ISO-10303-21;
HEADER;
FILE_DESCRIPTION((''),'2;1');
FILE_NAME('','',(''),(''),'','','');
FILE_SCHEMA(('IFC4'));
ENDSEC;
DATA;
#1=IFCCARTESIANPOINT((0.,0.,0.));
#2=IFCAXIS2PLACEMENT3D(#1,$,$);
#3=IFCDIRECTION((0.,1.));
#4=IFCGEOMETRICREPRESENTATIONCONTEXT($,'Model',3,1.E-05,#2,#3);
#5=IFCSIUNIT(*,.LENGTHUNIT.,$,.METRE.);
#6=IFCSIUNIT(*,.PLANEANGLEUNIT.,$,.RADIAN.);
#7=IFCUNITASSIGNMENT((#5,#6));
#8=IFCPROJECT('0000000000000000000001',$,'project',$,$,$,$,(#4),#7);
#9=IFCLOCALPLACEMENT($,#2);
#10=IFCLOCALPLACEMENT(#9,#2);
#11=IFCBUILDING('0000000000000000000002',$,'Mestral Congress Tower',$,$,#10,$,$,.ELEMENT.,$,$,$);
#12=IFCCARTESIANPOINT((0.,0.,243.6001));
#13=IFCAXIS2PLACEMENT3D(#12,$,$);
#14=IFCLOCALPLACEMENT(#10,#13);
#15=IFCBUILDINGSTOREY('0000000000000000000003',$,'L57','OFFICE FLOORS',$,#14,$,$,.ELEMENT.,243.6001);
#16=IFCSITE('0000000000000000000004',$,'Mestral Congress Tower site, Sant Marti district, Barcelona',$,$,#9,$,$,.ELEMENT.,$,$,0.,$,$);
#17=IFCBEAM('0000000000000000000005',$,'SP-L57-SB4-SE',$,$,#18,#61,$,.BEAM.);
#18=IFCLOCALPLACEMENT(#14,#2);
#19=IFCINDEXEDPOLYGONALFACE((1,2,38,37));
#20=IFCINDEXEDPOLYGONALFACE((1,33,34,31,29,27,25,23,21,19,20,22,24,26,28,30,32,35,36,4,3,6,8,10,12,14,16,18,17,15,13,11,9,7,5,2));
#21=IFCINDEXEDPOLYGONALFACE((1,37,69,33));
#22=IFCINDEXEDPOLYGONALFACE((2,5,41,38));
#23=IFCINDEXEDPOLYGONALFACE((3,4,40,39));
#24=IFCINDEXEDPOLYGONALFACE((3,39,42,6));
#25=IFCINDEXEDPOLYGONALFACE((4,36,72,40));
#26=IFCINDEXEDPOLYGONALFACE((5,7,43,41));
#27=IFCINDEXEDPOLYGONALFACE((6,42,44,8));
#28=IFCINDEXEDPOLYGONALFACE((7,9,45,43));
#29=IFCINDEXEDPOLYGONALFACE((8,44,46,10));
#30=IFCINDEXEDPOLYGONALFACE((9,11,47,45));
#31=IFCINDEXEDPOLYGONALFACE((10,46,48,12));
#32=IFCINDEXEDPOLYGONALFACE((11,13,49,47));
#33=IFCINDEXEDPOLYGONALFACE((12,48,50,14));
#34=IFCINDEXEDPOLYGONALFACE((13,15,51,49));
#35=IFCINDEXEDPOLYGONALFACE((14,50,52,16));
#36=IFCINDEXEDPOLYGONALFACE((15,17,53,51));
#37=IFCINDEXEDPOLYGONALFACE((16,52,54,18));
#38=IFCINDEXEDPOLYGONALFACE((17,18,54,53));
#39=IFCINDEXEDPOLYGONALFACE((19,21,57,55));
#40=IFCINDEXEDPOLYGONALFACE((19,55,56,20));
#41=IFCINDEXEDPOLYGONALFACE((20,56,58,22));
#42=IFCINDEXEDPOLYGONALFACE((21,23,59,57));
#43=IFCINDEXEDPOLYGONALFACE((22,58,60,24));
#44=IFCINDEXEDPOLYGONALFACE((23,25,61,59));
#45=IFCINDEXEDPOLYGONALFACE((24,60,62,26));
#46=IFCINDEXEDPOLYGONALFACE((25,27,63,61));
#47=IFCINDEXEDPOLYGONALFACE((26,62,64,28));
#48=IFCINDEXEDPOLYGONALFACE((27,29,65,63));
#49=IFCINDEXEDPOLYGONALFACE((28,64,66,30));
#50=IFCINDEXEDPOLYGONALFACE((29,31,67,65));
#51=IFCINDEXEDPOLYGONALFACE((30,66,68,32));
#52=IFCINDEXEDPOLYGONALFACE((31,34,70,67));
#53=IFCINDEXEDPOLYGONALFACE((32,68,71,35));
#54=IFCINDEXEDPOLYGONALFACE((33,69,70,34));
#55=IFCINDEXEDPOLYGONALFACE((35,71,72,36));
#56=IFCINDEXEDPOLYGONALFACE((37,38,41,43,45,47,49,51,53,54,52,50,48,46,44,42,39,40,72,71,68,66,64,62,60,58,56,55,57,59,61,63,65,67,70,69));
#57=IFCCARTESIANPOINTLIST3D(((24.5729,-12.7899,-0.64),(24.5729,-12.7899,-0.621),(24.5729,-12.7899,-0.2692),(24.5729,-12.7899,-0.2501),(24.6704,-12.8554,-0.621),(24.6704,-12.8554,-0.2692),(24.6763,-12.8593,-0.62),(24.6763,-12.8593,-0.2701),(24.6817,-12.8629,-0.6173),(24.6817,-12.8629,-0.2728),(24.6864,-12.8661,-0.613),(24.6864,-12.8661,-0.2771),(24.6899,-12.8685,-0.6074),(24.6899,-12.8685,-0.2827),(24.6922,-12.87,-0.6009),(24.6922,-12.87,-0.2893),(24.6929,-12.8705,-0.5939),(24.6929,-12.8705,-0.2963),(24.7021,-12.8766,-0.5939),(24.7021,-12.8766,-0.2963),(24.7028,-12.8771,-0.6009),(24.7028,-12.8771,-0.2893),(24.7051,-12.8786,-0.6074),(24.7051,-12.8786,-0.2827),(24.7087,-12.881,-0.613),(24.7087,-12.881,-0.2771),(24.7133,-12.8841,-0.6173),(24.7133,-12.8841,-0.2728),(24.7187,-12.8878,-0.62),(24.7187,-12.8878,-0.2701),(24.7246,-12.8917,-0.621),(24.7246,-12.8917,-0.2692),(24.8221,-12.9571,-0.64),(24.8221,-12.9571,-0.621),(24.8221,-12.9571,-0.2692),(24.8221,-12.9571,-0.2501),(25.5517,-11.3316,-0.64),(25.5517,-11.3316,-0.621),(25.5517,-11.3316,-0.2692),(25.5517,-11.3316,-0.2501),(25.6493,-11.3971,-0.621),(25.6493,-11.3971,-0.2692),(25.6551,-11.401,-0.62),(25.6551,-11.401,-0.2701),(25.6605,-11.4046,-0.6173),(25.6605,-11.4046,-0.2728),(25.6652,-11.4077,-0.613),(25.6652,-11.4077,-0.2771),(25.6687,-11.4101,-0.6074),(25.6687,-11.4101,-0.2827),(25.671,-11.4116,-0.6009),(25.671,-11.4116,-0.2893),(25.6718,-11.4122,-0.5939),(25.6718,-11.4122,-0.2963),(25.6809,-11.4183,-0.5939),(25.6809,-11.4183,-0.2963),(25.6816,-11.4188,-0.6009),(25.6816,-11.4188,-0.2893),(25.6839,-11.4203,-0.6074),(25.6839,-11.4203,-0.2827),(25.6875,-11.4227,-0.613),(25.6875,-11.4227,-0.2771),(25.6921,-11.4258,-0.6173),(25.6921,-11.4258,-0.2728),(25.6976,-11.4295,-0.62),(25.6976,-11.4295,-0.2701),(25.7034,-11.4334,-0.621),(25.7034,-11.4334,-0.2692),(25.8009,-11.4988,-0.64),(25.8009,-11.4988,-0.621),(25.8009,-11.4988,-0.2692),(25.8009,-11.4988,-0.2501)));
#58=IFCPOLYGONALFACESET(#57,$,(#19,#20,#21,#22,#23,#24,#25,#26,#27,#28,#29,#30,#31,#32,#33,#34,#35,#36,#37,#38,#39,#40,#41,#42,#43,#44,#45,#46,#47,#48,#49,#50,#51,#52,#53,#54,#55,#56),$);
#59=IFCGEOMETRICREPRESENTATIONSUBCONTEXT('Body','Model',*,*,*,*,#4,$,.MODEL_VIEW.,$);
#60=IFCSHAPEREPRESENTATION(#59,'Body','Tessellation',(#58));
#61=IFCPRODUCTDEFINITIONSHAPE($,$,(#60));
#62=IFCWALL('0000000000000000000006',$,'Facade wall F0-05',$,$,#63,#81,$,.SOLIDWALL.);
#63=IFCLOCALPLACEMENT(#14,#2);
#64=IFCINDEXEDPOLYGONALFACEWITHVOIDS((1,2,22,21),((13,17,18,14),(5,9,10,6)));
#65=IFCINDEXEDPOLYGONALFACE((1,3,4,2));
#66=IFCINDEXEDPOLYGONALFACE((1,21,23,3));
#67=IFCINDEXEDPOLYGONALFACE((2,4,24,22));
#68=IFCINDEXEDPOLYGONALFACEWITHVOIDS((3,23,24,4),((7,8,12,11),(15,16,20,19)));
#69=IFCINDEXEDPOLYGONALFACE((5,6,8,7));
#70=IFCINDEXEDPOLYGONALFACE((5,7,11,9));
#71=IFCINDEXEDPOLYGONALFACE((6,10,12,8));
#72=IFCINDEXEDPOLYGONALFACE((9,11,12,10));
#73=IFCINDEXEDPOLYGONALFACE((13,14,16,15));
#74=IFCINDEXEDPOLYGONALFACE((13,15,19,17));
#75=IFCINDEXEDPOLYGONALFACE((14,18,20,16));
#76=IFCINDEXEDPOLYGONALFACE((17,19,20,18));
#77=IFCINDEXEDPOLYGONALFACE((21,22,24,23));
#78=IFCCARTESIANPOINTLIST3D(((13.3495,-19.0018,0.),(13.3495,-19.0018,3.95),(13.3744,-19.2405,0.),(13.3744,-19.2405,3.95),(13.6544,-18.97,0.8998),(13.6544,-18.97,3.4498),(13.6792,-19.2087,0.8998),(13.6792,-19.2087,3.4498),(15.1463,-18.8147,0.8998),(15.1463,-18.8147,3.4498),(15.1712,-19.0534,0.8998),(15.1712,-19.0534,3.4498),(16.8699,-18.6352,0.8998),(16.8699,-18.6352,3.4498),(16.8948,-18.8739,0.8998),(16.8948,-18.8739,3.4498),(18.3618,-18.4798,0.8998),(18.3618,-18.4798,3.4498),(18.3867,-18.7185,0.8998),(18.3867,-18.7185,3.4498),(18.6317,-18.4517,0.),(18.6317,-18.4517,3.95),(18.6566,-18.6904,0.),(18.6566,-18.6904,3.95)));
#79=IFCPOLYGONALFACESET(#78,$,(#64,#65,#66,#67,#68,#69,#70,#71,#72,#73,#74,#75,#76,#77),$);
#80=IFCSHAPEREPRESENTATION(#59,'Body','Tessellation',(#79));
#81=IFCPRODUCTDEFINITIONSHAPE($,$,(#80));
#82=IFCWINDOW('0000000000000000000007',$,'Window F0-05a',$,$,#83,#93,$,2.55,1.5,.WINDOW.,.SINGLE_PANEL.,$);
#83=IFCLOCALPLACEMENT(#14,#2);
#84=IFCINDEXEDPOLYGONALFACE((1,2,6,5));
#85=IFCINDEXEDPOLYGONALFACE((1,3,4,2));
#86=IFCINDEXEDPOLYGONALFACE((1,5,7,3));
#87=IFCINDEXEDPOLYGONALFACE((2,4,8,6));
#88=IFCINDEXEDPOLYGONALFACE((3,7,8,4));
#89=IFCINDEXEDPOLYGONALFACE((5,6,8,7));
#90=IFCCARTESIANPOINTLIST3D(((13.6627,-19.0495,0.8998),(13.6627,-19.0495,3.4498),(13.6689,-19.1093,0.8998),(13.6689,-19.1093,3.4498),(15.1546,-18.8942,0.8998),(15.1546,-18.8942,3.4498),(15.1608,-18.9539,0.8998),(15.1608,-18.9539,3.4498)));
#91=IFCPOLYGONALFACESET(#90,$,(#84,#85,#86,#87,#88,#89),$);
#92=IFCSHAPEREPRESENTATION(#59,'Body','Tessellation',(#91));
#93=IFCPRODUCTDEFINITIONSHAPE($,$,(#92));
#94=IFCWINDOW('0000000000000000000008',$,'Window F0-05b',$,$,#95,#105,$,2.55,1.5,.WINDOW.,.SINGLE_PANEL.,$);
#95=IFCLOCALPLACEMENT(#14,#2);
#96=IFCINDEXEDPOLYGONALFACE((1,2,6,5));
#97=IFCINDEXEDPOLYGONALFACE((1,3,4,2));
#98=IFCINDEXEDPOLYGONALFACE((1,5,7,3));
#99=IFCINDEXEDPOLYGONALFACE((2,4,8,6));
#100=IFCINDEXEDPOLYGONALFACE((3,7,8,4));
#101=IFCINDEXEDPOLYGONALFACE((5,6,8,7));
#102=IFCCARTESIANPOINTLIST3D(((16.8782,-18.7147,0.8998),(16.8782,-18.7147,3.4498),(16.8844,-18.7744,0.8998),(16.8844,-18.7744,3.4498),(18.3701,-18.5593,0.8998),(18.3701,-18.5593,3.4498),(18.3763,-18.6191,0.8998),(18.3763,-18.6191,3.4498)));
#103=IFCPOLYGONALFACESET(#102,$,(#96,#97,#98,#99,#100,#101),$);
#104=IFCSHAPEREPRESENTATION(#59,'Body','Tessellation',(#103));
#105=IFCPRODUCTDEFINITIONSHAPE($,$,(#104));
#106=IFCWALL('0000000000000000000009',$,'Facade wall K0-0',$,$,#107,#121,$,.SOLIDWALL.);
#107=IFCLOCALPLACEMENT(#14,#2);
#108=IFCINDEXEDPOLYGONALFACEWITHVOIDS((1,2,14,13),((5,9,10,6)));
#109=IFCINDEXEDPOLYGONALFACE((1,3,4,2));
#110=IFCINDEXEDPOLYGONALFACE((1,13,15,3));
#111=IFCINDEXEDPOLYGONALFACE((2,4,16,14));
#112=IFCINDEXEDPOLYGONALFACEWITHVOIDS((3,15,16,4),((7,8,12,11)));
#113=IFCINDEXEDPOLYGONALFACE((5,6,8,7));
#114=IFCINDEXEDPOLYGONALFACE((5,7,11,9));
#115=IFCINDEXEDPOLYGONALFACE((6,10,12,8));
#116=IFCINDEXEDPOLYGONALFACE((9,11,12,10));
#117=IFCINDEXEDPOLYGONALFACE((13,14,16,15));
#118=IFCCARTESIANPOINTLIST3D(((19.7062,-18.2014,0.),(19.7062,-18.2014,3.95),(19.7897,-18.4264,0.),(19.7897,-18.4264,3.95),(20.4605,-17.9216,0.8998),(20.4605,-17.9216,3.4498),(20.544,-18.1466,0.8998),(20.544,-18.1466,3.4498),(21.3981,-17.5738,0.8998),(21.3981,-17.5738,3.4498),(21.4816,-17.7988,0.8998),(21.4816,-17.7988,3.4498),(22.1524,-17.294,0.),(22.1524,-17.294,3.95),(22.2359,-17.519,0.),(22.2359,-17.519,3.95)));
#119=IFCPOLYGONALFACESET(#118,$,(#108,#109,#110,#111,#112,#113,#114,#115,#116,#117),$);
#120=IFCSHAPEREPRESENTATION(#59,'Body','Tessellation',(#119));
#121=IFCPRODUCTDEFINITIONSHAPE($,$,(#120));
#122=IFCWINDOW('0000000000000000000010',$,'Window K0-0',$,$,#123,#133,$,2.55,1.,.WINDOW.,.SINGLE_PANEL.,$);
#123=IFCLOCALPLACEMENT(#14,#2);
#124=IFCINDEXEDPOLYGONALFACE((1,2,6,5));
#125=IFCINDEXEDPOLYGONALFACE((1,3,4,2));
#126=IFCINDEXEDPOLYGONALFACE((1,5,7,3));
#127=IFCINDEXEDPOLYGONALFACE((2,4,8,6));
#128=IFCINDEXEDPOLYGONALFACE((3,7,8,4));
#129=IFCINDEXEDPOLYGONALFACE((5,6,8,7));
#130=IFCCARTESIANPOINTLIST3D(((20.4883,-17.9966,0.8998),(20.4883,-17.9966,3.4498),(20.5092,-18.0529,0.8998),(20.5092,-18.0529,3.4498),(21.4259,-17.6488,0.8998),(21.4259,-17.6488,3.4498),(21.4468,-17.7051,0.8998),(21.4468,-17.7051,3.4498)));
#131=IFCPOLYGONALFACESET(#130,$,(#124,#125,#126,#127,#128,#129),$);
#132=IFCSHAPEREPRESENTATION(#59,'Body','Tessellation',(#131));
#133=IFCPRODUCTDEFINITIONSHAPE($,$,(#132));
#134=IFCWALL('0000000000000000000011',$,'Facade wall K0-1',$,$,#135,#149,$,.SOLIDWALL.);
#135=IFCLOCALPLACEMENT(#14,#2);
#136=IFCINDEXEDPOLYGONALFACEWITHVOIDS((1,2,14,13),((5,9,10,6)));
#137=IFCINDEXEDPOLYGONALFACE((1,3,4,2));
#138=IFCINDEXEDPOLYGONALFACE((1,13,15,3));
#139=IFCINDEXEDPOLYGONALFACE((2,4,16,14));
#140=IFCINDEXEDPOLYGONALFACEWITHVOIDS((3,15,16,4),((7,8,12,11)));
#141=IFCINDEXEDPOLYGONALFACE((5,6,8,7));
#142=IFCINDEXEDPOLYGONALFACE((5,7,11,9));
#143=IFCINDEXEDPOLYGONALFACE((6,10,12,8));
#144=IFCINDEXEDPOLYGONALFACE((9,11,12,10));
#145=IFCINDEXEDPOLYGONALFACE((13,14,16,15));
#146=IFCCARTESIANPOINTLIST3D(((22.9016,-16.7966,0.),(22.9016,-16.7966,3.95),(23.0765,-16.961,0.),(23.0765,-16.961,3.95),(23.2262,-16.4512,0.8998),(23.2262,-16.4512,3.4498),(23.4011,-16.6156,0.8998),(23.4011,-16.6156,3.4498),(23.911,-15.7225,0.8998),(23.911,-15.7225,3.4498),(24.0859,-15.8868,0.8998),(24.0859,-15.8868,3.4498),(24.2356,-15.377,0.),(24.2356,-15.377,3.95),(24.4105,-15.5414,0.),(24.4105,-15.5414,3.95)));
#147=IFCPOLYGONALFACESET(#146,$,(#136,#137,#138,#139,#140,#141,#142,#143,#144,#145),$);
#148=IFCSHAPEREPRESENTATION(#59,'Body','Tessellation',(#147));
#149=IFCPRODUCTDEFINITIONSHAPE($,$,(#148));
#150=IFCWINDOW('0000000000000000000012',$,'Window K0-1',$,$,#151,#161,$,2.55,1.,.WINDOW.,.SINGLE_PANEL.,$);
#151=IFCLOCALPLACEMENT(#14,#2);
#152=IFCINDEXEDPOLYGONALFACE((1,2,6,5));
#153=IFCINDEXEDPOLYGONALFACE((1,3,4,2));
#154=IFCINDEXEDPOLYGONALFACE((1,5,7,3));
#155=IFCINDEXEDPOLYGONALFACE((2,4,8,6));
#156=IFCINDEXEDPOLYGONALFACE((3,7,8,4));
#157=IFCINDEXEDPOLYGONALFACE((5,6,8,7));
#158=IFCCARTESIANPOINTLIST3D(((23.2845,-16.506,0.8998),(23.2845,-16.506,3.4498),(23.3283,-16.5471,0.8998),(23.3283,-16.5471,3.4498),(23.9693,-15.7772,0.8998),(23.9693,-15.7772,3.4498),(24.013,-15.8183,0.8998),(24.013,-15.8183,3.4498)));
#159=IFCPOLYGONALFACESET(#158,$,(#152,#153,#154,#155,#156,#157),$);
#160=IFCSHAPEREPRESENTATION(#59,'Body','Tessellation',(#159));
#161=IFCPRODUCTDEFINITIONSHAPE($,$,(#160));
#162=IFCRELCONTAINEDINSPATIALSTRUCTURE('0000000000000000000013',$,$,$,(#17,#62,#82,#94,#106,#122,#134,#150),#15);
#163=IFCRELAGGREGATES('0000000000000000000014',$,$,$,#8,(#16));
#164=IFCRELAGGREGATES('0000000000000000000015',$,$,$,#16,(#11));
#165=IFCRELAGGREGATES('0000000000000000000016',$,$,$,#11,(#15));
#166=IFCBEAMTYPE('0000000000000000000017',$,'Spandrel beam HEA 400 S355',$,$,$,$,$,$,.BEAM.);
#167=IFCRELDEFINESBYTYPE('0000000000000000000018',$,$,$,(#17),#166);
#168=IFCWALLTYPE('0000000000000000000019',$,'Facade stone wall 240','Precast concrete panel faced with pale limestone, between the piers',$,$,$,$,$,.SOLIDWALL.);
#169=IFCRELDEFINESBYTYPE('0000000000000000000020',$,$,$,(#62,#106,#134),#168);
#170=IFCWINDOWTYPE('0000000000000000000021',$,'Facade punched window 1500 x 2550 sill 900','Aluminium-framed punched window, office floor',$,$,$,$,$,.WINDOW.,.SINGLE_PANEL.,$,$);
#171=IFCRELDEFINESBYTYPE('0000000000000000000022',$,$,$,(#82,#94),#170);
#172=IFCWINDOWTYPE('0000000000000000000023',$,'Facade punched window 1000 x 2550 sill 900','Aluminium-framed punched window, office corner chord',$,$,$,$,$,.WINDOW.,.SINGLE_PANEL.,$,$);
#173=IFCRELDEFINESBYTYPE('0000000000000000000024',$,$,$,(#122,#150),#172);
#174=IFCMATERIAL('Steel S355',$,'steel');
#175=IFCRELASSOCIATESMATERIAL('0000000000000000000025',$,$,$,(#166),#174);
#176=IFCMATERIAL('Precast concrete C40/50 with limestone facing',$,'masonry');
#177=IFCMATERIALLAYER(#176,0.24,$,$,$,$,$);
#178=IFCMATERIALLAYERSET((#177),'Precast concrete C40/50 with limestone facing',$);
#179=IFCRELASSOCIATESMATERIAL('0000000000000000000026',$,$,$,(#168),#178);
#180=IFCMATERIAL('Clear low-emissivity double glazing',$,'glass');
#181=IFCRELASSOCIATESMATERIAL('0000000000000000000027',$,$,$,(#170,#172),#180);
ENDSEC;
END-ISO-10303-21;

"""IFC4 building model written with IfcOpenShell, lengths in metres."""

from ifc_helpers import new_model, si_unit, direction, frame, frame_2d, origin, origin_2d, place, context, subcontext, project, spatial, rectangle, i_section, extrude, material, layer, layer_set, material_profile, profile_set, type_object, element, fill, save


model = new_model("IFC4")

# Units and contexts
model_context = context("Model", 3, precision=1e-05, world=origin(), true_north=direction((0.0, 1.0)))
body_context = subcontext(model_context, "Body", "Model", "MODEL_VIEW")
ifc_project = project(units=[si_unit("LENGTHUNIT", "METRE"), si_unit("PLANEANGLEUNIT", "RADIAN")], contexts=[model_context])

# Site, building, storey
site_placement = place(None, origin())
site = spatial("IfcSite", under=ifc_project, at=site_placement, Name="Mestral Congress Tower site, Sant Marti district, Barcelona", CompositionType="ELEMENT", RefElevation=0.0)
building_placement = place(site_placement, origin())
building = spatial("IfcBuilding", under=site, at=building_placement, Name="Mestral Congress Tower", CompositionType="ELEMENT")
storey_placement = place(building_placement, frame((0.0, 0.0, 243.6001)))
storey = spatial("IfcBuildingStorey", under=building, at=storey_placement, Name="L57", Description="OFFICE FLOORS", CompositionType="ELEMENT", Elevation=243.6001)

# Beam
ifc_material_1 = material(Name="Steel S355", Category="steel")
ifc_material_profile_1 = material_profile(ifc_material_1, i_section(OverallWidth=0.3, OverallDepth=0.3899, WebThickness=0.011, FlangeThickness=0.019, FilletRadius=0.0271, at=origin_2d()), Name="HEA 400")
ifc_profile_set_1 = profile_set([ifc_material_profile_1], Name="Steel S355")
beam_type_1 = type_object("IfcBeamType", Name="Spandrel beam HEA 400 S355", PredefinedType="BEAM", material=ifc_profile_set_1)
for number, where, z_axis, x_axis, name in (
    (1, (24.6975, -12.8735, -0.4451), (0.557296, 0.830314, 0.0), (-0.830314, 0.557296, 0.0), "SP-L57-SB4-SE"),
):
    element("IfcBeam", number, at=place(storey_placement, frame(where, z_axis=z_axis, x_axis=x_axis)), inside=storey, type_object=beam_type_1, Name=name, PredefinedType="BEAM", context=body_context, shape_type="SweptSolid", body=[
        extrude(i_section(OverallWidth=0.3, OverallDepth=0.3899, WebThickness=0.011, FlangeThickness=0.019, FilletRadius=0.0271, at=origin_2d()), origin(), (0.0, 0.0, 1.0), 1.7563),
    ])

# Wall, openings, windows
ifc_material_2 = material(Name="Precast concrete C40/50 with limestone facing", Category="masonry")
ifc_layer_1 = layer(ifc_material_2, 0.24)
ifc_layer_set_1 = layer_set([ifc_layer_1], Name="Precast concrete C40/50 with limestone facing")
wall_type_1 = type_object("IfcWallType", Name="Facade stone wall 240", Description="Precast concrete panel faced with pale limestone, between the piers", PredefinedType="SOLIDWALL", material=ifc_layer_set_1)
wall_1_placement = place(storey_placement, frame((13.3621, -19.1211, 0.0), z_axis=(0.0, 0.0, 1.0), x_axis=(0.994622, 0.103572, 0.0)))
wall_1 = element("IfcWall", 2, at=wall_1_placement, inside=storey, type_object=wall_type_1, Name="Facade wall F0-05", PredefinedType="SOLIDWALL", context=body_context, shape_type="SweptSolid", body=[
    extrude(rectangle(XDim=5.3108, YDim=0.24, at=frame_2d((2.6553, 0.0))), origin(), (0.0, 0.0, 1.0), 3.95),
])
opening_1_placement = place(wall_1_placement, frame((0.3064, 0.0, 0.8999)))
opening_1 = element("IfcOpeningElement", 3, at=opening_1_placement, cuts=wall_1, PredefinedType="OPENING", context=body_context, shape_type="SweptSolid", body=[
    extrude(rectangle(XDim=1.5, YDim=2.55, at=frame_2d((0.75, 1.2749))), frame((0.0, 0.1299, 0.0), z_axis=(0.0, -1.0, 0.0), x_axis=(1.0, 0.0, 0.0)), (0.0, 0.0, 1.0), 0.26),
])
opening_2_placement = place(wall_1_placement, frame((3.5393, 0.0, 0.8999)))
opening_2 = element("IfcOpeningElement", 4, at=opening_2_placement, cuts=wall_1, PredefinedType="OPENING", context=body_context, shape_type="SweptSolid", body=[
    extrude(rectangle(XDim=1.5, YDim=2.55, at=frame_2d((0.75, 1.2749))), frame((0.0, 0.1299, 0.0), z_axis=(0.0, -1.0, 0.0), x_axis=(1.0, 0.0, 0.0)), (0.0, 0.0, 1.0), 0.26),
])
ifc_material_3 = material(Name="Clear low-emissivity double glazing", Category="glass")
window_type_1 = type_object("IfcWindowType", Name="Facade punched window 1500 x 2550 sill 900", Description="Aluminium-framed punched window, office floor", PartitioningType="SINGLE_PANEL", PredefinedType="WINDOW", material=ifc_material_3)
window_1_placement = place(opening_1_placement, origin())
window_1 = element("IfcWindow", 5, at=window_1_placement, inside=storey, type_object=window_type_1, Name="Window F0-05a", OverallHeight=2.55, OverallWidth=1.5, PartitioningType="SINGLE_PANEL", PredefinedType="WINDOW", context=body_context, shape_type="SweptSolid", body=[
    extrude(rectangle(XDim=1.5, YDim=2.55, at=frame_2d((0.75, 1.2749))), frame((0.0, 0.04, 0.0), z_axis=(0.0, -1.0, 0.0), x_axis=(1.0, 0.0, 0.0)), (0.0, 0.0, 1.0), 0.0601),
])
fill(opening_1, window_1)
window_2_placement = place(opening_2_placement, origin())
window_2 = element("IfcWindow", 6, at=window_2_placement, inside=storey, type_object=window_type_1, Name="Window F0-05b", OverallHeight=2.55, OverallWidth=1.5, PartitioningType="SINGLE_PANEL", PredefinedType="WINDOW", context=body_context, shape_type="SweptSolid", body=[
    extrude(rectangle(XDim=1.5, YDim=2.55, at=frame_2d((0.75, 1.2749))), frame((0.0, 0.04, 0.0), z_axis=(0.0, -1.0, 0.0), x_axis=(1.0, 0.0, 0.0)), (0.0, 0.0, 1.0), 0.0601),
])
fill(opening_2, window_2)

# Walls, openings, windows
wall_2_placement = place(storey_placement, frame((19.7478, -18.314, 0.0), z_axis=(0.0, 0.0, 1.0), x_axis=(0.937569, 0.347799, 0.0)))
wall_2 = element("IfcWall", 7, at=wall_2_placement, inside=storey, type_object=wall_type_1, Name="Facade wall K0-0", PredefinedType="SOLIDWALL", context=body_context, shape_type="SweptSolid", body=[
    extrude(rectangle(XDim=2.6091, YDim=0.24, at=frame_2d((1.3047, 0.0))), origin(), (0.0, 0.0, 1.0), 3.95),
])
opening_3_placement = place(wall_2_placement, frame((0.8047, 0.0, 0.8999)))
opening_3 = element("IfcOpeningElement", 8, at=opening_3_placement, cuts=wall_2, PredefinedType="OPENING", context=body_context, shape_type="SweptSolid", body=[
    extrude(rectangle(XDim=1.0, YDim=2.55, at=frame_2d((0.5, 1.2749))), frame((0.0, 0.1299, 0.0), z_axis=(0.0, -1.0, 0.0), x_axis=(1.0, 0.0, 0.0)), (0.0, 0.0, 1.0), 0.26),
])
window_type_2 = type_object("IfcWindowType", Name="Facade punched window 1000 x 2550 sill 900", Description="Aluminium-framed punched window, office corner chord", PartitioningType="SINGLE_PANEL", PredefinedType="WINDOW", material=ifc_material_3)
window_3_placement = place(opening_3_placement, origin())
window_3 = element("IfcWindow", 9, at=window_3_placement, inside=storey, type_object=window_type_2, Name="Window K0-0", OverallHeight=2.55, OverallWidth=1.0, PartitioningType="SINGLE_PANEL", PredefinedType="WINDOW", context=body_context, shape_type="SweptSolid", body=[
    extrude(rectangle(XDim=1.0, YDim=2.55, at=frame_2d((0.5, 1.2749))), frame((0.0, 0.04, 0.0), z_axis=(0.0, -1.0, 0.0), x_axis=(1.0, 0.0, 0.0)), (0.0, 0.0, 1.0), 0.0601),
])
fill(opening_3, window_3)
wall_3_placement = place(storey_placement, frame((22.989, -16.8789, 0.0), z_axis=(0.0, 0.0, 1.0), x_axis=(0.68477, 0.728759, 0.0)))
wall_3 = element("IfcWall", 10, at=wall_3_placement, inside=storey, type_object=wall_type_1, Name="Facade wall K0-1", PredefinedType="SOLIDWALL", context=body_context, shape_type="SweptSolid", body=[
    extrude(rectangle(XDim=1.948, YDim=0.24, at=frame_2d((0.9741, 0.0))), origin(), (0.0, 0.0, 1.0), 3.95),
])
opening_4_placement = place(wall_3_placement, frame((0.4741, 0.0, 0.8999)))
opening_4 = element("IfcOpeningElement", 11, at=opening_4_placement, cuts=wall_3, PredefinedType="OPENING", context=body_context, shape_type="SweptSolid", body=[
    extrude(rectangle(XDim=1.0, YDim=2.55, at=frame_2d((0.5, 1.2749))), frame((0.0, 0.1299, 0.0), z_axis=(0.0, -1.0, 0.0), x_axis=(1.0, 0.0, 0.0)), (0.0, 0.0, 1.0), 0.26),
])
window_4_placement = place(opening_4_placement, origin())
window_4 = element("IfcWindow", 12, at=window_4_placement, inside=storey, type_object=window_type_2, Name="Window K0-1", OverallHeight=2.55, OverallWidth=1.0, PartitioningType="SINGLE_PANEL", PredefinedType="WINDOW", context=body_context, shape_type="SweptSolid", body=[
    extrude(rectangle(XDim=1.0, YDim=2.55, at=frame_2d((0.5, 1.2749))), frame((0.0, 0.04, 0.0), z_axis=(0.0, -1.0, 0.0), x_axis=(1.0, 0.0, 0.0)), (0.0, 0.0, 1.0), 0.0601),
])
fill(opening_4, window_4)

save(model, "model.ifc")
